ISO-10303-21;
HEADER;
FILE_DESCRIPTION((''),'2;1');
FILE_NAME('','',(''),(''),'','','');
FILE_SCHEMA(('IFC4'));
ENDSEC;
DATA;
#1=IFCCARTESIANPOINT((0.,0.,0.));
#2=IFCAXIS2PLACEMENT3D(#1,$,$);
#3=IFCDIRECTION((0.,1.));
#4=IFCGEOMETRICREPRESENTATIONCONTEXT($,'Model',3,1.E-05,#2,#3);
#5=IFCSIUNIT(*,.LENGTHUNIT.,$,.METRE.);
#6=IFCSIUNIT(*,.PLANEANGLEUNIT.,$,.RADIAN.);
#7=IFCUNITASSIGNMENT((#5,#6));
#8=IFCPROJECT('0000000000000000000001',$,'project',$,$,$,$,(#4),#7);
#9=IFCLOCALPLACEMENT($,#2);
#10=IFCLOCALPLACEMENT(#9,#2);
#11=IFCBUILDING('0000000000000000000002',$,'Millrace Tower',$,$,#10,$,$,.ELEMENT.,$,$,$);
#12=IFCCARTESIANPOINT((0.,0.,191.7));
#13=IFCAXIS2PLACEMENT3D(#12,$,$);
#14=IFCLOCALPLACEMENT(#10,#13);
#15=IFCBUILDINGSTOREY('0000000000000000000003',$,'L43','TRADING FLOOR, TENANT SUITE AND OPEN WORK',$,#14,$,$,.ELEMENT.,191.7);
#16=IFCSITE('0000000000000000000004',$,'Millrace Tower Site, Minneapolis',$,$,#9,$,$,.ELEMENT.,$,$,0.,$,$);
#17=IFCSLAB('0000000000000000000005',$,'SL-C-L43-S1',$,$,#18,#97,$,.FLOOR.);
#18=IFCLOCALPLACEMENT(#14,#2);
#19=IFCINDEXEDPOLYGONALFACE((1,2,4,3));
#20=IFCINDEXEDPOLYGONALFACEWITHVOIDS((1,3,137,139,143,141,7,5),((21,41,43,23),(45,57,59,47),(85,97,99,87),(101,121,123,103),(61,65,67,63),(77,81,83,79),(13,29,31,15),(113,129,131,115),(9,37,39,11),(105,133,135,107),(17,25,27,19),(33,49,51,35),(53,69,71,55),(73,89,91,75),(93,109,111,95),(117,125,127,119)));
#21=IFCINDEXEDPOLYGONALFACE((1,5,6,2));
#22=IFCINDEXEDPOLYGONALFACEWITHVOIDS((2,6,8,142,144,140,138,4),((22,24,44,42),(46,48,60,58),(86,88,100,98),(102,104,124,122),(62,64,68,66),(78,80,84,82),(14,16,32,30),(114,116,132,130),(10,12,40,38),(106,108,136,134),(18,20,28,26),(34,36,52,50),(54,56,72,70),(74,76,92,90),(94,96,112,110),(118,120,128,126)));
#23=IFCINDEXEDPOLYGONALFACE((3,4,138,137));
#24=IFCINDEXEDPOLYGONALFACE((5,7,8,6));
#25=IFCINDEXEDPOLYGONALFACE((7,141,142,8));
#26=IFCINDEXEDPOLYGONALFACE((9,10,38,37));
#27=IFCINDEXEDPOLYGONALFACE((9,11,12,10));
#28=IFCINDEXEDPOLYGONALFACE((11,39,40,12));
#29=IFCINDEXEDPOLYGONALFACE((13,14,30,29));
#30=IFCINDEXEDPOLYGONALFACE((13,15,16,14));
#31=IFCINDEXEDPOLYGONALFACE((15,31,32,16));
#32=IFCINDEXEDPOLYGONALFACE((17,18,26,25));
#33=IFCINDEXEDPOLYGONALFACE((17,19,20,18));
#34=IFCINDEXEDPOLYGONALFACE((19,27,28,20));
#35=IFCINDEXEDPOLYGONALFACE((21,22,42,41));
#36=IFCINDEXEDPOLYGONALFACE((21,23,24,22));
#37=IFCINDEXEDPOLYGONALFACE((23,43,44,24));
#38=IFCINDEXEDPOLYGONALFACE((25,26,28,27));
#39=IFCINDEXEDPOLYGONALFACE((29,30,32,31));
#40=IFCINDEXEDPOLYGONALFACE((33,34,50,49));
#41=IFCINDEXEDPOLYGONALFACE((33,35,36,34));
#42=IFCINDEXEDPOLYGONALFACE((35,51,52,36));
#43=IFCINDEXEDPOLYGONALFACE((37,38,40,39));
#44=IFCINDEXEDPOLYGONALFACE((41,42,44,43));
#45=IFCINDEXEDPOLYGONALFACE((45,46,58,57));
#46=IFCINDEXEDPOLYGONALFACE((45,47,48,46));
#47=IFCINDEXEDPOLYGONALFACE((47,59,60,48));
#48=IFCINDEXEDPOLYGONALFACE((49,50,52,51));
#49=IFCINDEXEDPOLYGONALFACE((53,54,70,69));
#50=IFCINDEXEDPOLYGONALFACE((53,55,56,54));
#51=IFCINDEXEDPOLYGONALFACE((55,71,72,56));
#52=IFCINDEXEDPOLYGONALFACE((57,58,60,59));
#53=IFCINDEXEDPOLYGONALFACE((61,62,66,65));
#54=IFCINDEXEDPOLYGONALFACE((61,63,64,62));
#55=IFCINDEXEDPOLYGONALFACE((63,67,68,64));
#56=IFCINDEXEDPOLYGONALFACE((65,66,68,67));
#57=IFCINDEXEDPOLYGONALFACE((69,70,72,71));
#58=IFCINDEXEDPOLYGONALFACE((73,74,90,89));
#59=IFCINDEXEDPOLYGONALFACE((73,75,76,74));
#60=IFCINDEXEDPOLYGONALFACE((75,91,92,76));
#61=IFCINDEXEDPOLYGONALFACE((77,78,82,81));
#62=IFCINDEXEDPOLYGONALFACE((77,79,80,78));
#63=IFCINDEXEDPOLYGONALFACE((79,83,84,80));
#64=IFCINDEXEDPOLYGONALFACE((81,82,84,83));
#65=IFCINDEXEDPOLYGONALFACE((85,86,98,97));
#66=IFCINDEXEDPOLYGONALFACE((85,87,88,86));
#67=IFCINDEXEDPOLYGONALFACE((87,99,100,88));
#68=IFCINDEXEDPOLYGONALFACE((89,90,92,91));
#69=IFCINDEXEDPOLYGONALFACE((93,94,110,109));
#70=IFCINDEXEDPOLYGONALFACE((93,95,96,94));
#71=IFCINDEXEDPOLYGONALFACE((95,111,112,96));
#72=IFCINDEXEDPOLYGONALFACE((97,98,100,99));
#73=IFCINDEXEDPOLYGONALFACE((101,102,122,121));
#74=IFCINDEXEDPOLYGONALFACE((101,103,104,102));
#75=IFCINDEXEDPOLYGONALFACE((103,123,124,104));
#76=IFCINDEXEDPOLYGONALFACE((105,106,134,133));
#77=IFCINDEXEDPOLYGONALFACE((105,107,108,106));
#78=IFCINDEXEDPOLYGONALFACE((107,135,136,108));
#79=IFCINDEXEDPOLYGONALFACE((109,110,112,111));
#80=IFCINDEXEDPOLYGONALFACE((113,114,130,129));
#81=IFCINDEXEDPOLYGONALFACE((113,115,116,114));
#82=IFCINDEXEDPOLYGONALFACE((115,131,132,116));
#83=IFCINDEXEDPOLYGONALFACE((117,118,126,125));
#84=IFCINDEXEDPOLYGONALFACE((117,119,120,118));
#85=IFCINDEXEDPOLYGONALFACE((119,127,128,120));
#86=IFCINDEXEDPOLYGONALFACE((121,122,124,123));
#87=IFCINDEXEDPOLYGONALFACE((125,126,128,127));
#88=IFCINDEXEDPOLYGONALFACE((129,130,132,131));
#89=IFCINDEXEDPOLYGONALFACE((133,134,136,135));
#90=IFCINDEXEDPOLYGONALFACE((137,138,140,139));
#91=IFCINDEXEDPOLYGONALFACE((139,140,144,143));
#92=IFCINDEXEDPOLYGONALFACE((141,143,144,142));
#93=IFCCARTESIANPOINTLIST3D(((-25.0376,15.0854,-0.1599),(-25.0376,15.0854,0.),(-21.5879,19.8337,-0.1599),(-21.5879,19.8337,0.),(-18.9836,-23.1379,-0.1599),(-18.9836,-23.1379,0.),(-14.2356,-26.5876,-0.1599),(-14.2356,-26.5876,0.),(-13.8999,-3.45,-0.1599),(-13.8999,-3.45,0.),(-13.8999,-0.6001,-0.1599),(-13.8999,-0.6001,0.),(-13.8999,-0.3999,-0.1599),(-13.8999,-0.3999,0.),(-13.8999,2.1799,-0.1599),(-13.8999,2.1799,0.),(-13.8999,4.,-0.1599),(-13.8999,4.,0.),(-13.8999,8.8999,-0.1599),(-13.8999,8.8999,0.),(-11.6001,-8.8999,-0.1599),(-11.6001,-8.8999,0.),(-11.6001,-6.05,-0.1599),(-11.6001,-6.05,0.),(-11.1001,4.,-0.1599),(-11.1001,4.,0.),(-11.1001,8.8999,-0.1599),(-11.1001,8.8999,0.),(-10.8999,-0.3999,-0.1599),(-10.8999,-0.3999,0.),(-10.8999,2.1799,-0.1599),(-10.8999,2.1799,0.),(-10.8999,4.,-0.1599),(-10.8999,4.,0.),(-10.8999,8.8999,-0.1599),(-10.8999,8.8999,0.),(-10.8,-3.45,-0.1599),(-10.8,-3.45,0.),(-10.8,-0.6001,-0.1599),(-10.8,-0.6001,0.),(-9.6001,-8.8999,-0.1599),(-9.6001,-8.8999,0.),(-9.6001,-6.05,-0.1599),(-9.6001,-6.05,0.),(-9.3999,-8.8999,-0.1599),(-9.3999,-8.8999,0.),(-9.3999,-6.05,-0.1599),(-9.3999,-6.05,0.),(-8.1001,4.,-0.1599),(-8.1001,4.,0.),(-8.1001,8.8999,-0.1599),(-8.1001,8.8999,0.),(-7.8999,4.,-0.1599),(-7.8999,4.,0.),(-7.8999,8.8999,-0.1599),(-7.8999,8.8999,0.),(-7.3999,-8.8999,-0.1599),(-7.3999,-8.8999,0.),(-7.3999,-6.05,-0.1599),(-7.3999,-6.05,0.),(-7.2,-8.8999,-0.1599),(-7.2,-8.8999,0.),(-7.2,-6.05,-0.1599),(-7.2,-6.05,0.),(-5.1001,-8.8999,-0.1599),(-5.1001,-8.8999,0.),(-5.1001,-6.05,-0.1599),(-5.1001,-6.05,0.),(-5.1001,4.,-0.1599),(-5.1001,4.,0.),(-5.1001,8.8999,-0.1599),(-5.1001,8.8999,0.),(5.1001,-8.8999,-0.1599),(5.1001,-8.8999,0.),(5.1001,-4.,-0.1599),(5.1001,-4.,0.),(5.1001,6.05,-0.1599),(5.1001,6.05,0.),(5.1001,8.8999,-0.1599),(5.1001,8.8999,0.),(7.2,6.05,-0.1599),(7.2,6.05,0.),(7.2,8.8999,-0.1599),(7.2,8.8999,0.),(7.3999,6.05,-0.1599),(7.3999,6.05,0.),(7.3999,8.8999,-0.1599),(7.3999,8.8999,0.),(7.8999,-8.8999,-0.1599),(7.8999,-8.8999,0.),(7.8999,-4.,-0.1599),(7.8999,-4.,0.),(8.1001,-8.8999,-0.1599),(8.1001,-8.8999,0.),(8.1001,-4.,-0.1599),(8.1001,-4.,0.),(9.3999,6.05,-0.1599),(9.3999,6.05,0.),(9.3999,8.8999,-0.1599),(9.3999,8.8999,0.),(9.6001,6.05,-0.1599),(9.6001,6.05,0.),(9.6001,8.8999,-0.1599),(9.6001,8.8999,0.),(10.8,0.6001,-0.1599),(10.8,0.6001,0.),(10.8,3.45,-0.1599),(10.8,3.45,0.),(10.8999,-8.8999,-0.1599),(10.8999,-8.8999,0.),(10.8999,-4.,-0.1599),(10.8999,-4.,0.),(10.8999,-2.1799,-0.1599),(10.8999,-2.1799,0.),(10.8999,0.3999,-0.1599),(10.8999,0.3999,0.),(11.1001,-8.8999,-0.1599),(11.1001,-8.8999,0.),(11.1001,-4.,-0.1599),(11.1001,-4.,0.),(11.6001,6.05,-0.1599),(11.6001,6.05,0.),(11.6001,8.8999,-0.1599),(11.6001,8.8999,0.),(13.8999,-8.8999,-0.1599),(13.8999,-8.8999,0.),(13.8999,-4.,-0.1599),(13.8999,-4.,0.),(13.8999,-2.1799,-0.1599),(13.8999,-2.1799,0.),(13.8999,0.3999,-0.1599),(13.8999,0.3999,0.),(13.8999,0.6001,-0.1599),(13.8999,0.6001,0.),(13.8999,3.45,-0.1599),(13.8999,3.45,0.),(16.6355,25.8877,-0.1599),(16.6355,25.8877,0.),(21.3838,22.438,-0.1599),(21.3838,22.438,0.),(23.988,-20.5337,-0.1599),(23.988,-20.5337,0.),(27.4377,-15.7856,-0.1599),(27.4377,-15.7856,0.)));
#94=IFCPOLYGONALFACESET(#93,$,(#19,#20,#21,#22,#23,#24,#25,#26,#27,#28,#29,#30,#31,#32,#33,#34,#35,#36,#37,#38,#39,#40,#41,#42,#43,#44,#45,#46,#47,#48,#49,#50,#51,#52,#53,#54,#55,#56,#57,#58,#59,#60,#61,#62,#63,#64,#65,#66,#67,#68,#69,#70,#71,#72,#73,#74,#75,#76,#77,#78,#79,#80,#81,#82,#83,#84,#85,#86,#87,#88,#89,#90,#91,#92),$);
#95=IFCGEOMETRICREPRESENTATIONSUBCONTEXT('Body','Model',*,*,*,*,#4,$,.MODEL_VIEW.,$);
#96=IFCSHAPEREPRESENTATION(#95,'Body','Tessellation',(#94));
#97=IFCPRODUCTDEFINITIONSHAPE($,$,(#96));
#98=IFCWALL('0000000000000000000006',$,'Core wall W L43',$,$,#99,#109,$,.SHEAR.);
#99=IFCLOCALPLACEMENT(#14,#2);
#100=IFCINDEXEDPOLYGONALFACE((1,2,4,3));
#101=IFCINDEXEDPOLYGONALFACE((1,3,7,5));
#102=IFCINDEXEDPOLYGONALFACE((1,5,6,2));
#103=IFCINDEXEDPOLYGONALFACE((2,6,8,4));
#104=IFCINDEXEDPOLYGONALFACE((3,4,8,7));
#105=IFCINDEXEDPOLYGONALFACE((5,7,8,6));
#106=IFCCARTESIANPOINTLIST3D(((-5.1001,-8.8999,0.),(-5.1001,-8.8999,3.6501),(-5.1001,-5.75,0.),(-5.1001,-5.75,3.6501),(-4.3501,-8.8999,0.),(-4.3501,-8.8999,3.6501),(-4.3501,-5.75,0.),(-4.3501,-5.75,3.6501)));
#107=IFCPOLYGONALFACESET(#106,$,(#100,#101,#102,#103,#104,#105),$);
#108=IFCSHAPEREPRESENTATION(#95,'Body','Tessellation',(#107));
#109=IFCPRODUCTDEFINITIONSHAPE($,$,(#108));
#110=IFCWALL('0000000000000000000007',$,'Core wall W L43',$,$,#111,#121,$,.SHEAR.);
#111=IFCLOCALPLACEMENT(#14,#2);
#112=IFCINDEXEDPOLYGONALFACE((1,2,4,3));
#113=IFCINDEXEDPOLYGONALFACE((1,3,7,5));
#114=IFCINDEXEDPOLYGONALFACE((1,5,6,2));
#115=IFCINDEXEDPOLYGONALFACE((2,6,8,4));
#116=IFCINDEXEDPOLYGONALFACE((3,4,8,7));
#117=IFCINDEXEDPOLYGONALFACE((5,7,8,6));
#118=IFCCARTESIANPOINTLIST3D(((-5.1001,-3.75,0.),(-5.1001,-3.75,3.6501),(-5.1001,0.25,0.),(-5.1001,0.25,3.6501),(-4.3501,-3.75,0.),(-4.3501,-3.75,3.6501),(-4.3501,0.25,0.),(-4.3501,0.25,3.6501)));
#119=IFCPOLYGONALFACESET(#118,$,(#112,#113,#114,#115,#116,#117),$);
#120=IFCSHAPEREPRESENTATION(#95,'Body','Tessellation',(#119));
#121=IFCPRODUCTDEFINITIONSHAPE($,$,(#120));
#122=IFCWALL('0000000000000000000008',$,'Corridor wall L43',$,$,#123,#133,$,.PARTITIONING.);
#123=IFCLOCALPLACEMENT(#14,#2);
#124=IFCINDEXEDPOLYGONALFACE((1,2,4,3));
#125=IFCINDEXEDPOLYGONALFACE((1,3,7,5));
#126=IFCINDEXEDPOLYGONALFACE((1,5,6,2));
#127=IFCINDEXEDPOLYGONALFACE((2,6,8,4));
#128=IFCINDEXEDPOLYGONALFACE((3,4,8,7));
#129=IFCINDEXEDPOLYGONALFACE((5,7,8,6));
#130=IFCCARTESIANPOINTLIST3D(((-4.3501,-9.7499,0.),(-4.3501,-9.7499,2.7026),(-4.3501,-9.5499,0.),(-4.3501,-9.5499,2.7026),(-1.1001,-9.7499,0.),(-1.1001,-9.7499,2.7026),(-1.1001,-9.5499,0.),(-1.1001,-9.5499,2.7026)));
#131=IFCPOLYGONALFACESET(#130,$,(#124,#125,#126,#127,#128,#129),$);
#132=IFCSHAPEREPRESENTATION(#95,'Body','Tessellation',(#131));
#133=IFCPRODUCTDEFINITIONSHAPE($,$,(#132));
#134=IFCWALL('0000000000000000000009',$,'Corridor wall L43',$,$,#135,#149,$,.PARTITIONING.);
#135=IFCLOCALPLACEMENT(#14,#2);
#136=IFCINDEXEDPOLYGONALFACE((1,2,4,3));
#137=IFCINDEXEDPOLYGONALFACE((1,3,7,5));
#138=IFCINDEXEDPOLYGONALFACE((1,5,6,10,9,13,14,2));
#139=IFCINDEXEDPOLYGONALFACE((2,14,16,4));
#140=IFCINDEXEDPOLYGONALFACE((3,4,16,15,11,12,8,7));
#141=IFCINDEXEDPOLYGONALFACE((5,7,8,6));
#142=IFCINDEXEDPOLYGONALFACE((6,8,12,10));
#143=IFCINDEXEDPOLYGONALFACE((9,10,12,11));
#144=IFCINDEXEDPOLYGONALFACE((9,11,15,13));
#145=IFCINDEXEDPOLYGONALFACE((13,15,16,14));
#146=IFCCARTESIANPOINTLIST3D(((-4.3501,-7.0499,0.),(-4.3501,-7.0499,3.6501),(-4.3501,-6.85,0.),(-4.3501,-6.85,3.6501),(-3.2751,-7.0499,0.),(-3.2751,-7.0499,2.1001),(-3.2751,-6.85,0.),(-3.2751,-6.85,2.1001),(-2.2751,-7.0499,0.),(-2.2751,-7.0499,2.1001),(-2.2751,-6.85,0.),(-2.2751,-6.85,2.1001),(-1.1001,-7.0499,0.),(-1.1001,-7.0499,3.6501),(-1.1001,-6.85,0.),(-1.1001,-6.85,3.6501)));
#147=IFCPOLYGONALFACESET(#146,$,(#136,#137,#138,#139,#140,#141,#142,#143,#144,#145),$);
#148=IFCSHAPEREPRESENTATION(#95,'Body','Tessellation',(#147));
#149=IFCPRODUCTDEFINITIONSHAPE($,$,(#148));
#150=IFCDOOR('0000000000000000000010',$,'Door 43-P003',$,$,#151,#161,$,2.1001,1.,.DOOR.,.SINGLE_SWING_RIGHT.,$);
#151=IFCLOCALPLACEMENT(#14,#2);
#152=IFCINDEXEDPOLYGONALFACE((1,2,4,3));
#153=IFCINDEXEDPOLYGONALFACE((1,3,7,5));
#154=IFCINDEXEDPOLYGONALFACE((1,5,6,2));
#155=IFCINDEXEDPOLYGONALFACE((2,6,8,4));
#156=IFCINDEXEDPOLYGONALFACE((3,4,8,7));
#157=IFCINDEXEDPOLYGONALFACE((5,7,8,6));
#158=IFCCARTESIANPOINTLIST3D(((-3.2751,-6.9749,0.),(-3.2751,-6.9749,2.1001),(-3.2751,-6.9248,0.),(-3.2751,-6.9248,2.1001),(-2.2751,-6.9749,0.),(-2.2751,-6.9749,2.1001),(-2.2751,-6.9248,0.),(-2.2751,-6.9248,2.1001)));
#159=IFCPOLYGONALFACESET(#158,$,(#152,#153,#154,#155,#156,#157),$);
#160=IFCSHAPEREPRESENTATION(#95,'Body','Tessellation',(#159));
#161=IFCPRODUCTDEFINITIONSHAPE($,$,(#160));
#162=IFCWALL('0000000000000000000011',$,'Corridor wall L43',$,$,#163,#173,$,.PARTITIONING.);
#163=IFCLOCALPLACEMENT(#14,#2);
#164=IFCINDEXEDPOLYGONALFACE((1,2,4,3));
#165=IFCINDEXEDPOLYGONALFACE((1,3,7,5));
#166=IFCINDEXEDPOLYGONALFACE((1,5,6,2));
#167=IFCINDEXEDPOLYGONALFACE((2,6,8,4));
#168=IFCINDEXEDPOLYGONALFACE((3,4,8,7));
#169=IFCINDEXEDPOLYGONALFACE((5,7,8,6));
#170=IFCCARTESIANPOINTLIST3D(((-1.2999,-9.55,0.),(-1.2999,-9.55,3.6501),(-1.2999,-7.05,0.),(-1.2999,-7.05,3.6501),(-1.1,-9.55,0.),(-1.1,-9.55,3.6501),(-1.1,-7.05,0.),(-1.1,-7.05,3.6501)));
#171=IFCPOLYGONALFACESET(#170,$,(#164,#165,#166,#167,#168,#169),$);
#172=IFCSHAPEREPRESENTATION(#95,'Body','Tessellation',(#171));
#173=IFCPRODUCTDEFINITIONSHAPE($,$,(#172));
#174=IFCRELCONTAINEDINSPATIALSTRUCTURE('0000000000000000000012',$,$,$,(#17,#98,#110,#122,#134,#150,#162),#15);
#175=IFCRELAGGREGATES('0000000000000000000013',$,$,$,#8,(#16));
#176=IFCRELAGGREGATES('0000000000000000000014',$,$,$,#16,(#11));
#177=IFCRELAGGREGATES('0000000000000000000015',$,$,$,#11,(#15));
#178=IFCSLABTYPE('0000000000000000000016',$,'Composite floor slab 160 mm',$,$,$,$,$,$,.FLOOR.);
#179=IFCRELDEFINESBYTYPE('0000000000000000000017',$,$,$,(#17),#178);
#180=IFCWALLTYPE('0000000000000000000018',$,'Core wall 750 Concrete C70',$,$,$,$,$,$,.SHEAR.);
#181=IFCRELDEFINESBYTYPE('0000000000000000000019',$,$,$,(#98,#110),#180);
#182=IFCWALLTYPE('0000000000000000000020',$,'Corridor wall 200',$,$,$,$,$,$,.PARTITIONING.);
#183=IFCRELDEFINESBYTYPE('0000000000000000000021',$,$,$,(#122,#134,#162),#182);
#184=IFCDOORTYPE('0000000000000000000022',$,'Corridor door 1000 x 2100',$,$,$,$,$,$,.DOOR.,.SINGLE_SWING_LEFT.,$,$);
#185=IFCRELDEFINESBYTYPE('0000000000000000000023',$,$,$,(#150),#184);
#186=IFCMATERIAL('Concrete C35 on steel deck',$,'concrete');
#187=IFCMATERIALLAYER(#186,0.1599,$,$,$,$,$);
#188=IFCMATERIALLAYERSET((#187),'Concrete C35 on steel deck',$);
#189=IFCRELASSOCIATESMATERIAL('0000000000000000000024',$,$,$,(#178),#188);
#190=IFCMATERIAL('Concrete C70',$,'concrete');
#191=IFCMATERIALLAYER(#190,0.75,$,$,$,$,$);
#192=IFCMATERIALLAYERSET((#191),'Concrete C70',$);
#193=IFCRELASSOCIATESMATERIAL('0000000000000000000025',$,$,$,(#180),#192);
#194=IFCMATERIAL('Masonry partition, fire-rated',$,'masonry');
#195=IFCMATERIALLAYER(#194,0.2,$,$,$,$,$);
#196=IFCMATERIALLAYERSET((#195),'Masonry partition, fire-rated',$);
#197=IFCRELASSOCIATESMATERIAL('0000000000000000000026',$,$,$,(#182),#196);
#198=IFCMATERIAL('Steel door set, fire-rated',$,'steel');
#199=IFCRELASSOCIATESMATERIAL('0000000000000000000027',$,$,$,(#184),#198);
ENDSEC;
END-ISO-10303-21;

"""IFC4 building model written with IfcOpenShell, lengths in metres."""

from ifc_helpers import new_model, si_unit, direction, frame, frame_2d, origin, place, context, subcontext, project, spatial, polyline, rectangle, outline, extrude, material, layer, layer_set, type_object, element, fill, save


model = new_model("IFC4")

# Units and contexts
model_context = context("Model", 3, precision=1e-05, world=origin(), true_north=direction((0.0, 1.0)))
body_context = subcontext(model_context, "Body", "Model", "MODEL_VIEW")
ifc_project = project(units=[si_unit("LENGTHUNIT", "METRE"), si_unit("PLANEANGLEUNIT", "RADIAN")], contexts=[model_context])

# Site, building, storey
site_placement = place(None, origin())
site = spatial("IfcSite", under=ifc_project, at=site_placement, Name="Millrace Tower Site, Minneapolis", CompositionType="ELEMENT", RefElevation=0.0)
building_placement = place(site_placement, origin())
building = spatial("IfcBuilding", under=site, at=building_placement, Name="Millrace Tower", CompositionType="ELEMENT")
storey_placement = place(building_placement, frame((0.0, 0.0, 191.7)))
storey = spatial("IfcBuildingStorey", under=building, at=storey_placement, Name="L43", Description="TRADING FLOOR, TENANT SUITE AND OPEN WORK", CompositionType="ELEMENT", Elevation=191.7)

# Slab
ifc_material_1 = material(Name="Concrete C35 on steel deck", Category="concrete")
ifc_layer_1 = layer(ifc_material_1, 0.1599)
ifc_layer_set_1 = layer_set([ifc_layer_1], Name="Concrete C35 on steel deck")
slab_type = type_object("IfcSlabType", Name="Composite floor slab 160 mm", PredefinedType="FLOOR", material=ifc_layer_set_1)
slab_placement = place(storey_placement, frame((0.0, 0.0, -0.1599)))
element("IfcSlab", 1, at=slab_placement, inside=storey, type_object=slab_type, Name="SL-C-L43-S1", PredefinedType="FLOOR", context=body_context, shape_type="SweptSolid", body=[
    extrude(outline(polyline([(-18.9836, -23.1379), (-14.2356, -26.5876), (23.988, -20.5337), (27.4377, -15.7856), (21.3838, 22.438), (16.6355, 25.8877), (-21.5879, 19.8337), (-25.0376, 15.0854), (-18.9836, -23.1379)]), holes=[polyline([(-11.6001, -8.8999), (-9.6001, -8.8999), (-9.6001, -6.05), (-11.6001, -6.05), (-11.6001, -8.8999)]), polyline([(-9.3999, -8.8999), (-7.3999, -8.8999), (-7.3999, -6.05), (-9.3999, -6.05), (-9.3999, -8.8999)]), polyline([(-7.2, -8.8999), (-5.1001, -8.8999), (-5.1001, -6.05), (-7.2, -6.05), (-7.2, -8.8999)]), polyline([(-13.8999, -3.45), (-10.8, -3.45), (-10.8, -0.6001), (-13.8999, -0.6001), (-13.8999, -3.45)]), polyline([(-13.8999, -0.3999), (-10.8999, -0.3999), (-10.8999, 2.1799), (-13.8999, 2.1799), (-13.8999, -0.3999)]), polyline([(-13.8999, 4.0), (-11.1001, 4.0), (-11.1001, 8.8999), (-13.8999, 8.8999), (-13.8999, 4.0)]), polyline([(-10.8999, 4.0), (-8.1001, 4.0), (-8.1001, 8.8999), (-10.8999, 8.8999), (-10.8999, 4.0)]), polyline([(-7.8999, 4.0), (-5.1001, 4.0), (-5.1001, 8.8999), (-7.8999, 8.8999), (-7.8999, 4.0)]), polyline([(9.6001, 6.05), (11.6001, 6.05), (11.6001, 8.8999), (9.6001, 8.8999), (9.6001, 6.05)]), polyline([(7.3999, 6.05), (9.3999, 6.05), (9.3999, 8.8999), (7.3999, 8.8999), (7.3999, 6.05)]), polyline([(5.1001, 6.05), (7.2, 6.05), (7.2, 8.8999), (5.1001, 8.8999), (5.1001, 6.05)]), polyline([(10.8, 0.6001), (13.8999, 0.6001), (13.8999, 3.45), (10.8, 3.45), (10.8, 0.6001)]), polyline([(10.8999, -2.1799), (13.8999, -2.1799), (13.8999, 0.3999), (10.8999, 0.3999), (10.8999, -2.1799)]), polyline([(11.1001, -8.8999), (13.8999, -8.8999), (13.8999, -4.0), (11.1001, -4.0), (11.1001, -8.8999)]), polyline([(8.1001, -8.8999), (10.8999, -8.8999), (10.8999, -4.0), (8.1001, -4.0), (8.1001, -8.8999)]), polyline([(5.1001, -8.8999), (7.8999, -8.8999), (7.8999, -4.0), (5.1001, -4.0), (5.1001, -8.8999)])]), origin(), (0.0, 0.0, 1.0), 0.1599),
])

# Walls
ifc_material_2 = material(Name="Concrete C70", Category="concrete")
ifc_layer_2 = layer(ifc_material_2, 0.75)
ifc_layer_set_2 = layer_set([ifc_layer_2], Name="Concrete C70")
wall_type_1 = type_object("IfcWallType", Name="Core wall 750 Concrete C70", PredefinedType="SHEAR", material=ifc_layer_set_2)
wall_1_placement = place(storey_placement, frame((-4.7251, -8.8999, 0.0), z_axis=(0.0, 0.0, 1.0), x_axis=(0.0, 1.0, 0.0)))
element("IfcWall", 2, at=wall_1_placement, inside=storey, type_object=wall_type_1, Name="Core wall W L43", PredefinedType="SHEAR", context=body_context, shape_type="SweptSolid", body=[
    extrude(rectangle(XDim=3.1499, YDim=0.75, at=frame_2d((1.575, 0.0))), origin(), (0.0, 0.0, 1.0), 3.6501),
])
wall_2_placement = place(storey_placement, frame((-4.7251, -3.75, 0.0), z_axis=(0.0, 0.0, 1.0), x_axis=(0.0, 1.0, 0.0)))
element("IfcWall", 3, at=wall_2_placement, inside=storey, type_object=wall_type_1, Name="Core wall W L43", PredefinedType="SHEAR", context=body_context, shape_type="SweptSolid", body=[
    extrude(rectangle(XDim=4.0, YDim=0.75, at=frame_2d((2.0, 0.0))), origin(), (0.0, 0.0, 1.0), 3.6501),
])
ifc_material_3 = material(Name="Masonry partition, fire-rated", Category="masonry")
ifc_layer_3 = layer(ifc_material_3, 0.2)
ifc_layer_set_3 = layer_set([ifc_layer_3], Name="Masonry partition, fire-rated")
wall_type_2 = type_object("IfcWallType", Name="Corridor wall 200", PredefinedType="PARTITIONING", material=ifc_layer_set_3)
wall_3_placement = place(storey_placement, frame((-4.3501, -9.6499, 0.0), z_axis=(0.0, 0.0, 1.0), x_axis=(1.0, 0.0, 0.0)))
element("IfcWall", 4, at=wall_3_placement, inside=storey, type_object=wall_type_2, Name="Corridor wall L43", PredefinedType="PARTITIONING", context=body_context, shape_type="SweptSolid", body=[
    extrude(rectangle(XDim=3.25, YDim=0.2, at=frame_2d((1.625, 0.0))), origin(), (0.0, 0.0, 1.0), 2.7026),
])

# Wall, opening, door
wall_4_placement = place(storey_placement, frame((-4.3501, -6.95, 0.0), z_axis=(0.0, 0.0, 1.0), x_axis=(1.0, 0.0, 0.0)))
wall_4 = element("IfcWall", 5, at=wall_4_placement, inside=storey, type_object=wall_type_2, Name="Corridor wall L43", PredefinedType="PARTITIONING", context=body_context, shape_type="SweptSolid", body=[
    extrude(rectangle(XDim=3.25, YDim=0.2, at=frame_2d((1.625, 0.0))), origin(), (0.0, 0.0, 1.0), 3.6501),
])
opening_1_placement = place(wall_4_placement, frame((1.075, 0.0, 0.0)))
opening_1 = element("IfcOpeningElement", 6, at=opening_1_placement, cuts=wall_4, PredefinedType="OPENING", context=body_context, shape_type="SweptSolid", body=[
    extrude(rectangle(XDim=1.0, YDim=2.1001, at=frame_2d((0.5, 1.05))), frame((0.0, 0.1099, 0.0), z_axis=(0.0, -1.0, 0.0), x_axis=(1.0, 0.0, 0.0)), (0.0, 0.0, 1.0), 0.22),
])
ifc_material_4 = material(Name="Steel door set, fire-rated", Category="steel")
door_type_1 = type_object("IfcDoorType", Name="Corridor door 1000 x 2100", OperationType="SINGLE_SWING_LEFT", PredefinedType="DOOR", material=ifc_material_4)
door_1_placement = place(opening_1_placement, frame((1.0, 0.0, 0.0), z_axis=(0.0, 0.0, 1.0), x_axis=(-1.0, 0.0, 0.0)))
door_1 = element("IfcDoor", 7, at=door_1_placement, inside=storey, type_object=door_type_1, Name="Door 43-P003", OperationType="SINGLE_SWING_RIGHT", OverallHeight=2.1001, OverallWidth=1.0, PredefinedType="DOOR", context=body_context, shape_type="SweptSolid", body=[
    extrude(rectangle(XDim=1.0, YDim=2.1001, at=frame_2d((0.5, 1.05))), frame((0.0, 0.0249, 0.0), z_axis=(0.0, -1.0, 0.0), x_axis=(1.0, 0.0, 0.0)), (0.0, 0.0, 1.0), 0.05),
])
fill(opening_1, door_1)

# Wall
wall_5_placement = place(storey_placement, frame((-1.2, -9.55, 0.0), z_axis=(0.0, 0.0, 1.0), x_axis=(0.0, 1.0, 0.0)))
element("IfcWall", 8, at=wall_5_placement, inside=storey, type_object=wall_type_2, Name="Corridor wall L43", PredefinedType="PARTITIONING", context=body_context, shape_type="SweptSolid", body=[
    extrude(rectangle(XDim=2.5, YDim=0.2, at=frame_2d((1.25, 0.0))), origin(), (0.0, 0.0, 1.0), 3.6501),
])

save(model, "model.ifc")
